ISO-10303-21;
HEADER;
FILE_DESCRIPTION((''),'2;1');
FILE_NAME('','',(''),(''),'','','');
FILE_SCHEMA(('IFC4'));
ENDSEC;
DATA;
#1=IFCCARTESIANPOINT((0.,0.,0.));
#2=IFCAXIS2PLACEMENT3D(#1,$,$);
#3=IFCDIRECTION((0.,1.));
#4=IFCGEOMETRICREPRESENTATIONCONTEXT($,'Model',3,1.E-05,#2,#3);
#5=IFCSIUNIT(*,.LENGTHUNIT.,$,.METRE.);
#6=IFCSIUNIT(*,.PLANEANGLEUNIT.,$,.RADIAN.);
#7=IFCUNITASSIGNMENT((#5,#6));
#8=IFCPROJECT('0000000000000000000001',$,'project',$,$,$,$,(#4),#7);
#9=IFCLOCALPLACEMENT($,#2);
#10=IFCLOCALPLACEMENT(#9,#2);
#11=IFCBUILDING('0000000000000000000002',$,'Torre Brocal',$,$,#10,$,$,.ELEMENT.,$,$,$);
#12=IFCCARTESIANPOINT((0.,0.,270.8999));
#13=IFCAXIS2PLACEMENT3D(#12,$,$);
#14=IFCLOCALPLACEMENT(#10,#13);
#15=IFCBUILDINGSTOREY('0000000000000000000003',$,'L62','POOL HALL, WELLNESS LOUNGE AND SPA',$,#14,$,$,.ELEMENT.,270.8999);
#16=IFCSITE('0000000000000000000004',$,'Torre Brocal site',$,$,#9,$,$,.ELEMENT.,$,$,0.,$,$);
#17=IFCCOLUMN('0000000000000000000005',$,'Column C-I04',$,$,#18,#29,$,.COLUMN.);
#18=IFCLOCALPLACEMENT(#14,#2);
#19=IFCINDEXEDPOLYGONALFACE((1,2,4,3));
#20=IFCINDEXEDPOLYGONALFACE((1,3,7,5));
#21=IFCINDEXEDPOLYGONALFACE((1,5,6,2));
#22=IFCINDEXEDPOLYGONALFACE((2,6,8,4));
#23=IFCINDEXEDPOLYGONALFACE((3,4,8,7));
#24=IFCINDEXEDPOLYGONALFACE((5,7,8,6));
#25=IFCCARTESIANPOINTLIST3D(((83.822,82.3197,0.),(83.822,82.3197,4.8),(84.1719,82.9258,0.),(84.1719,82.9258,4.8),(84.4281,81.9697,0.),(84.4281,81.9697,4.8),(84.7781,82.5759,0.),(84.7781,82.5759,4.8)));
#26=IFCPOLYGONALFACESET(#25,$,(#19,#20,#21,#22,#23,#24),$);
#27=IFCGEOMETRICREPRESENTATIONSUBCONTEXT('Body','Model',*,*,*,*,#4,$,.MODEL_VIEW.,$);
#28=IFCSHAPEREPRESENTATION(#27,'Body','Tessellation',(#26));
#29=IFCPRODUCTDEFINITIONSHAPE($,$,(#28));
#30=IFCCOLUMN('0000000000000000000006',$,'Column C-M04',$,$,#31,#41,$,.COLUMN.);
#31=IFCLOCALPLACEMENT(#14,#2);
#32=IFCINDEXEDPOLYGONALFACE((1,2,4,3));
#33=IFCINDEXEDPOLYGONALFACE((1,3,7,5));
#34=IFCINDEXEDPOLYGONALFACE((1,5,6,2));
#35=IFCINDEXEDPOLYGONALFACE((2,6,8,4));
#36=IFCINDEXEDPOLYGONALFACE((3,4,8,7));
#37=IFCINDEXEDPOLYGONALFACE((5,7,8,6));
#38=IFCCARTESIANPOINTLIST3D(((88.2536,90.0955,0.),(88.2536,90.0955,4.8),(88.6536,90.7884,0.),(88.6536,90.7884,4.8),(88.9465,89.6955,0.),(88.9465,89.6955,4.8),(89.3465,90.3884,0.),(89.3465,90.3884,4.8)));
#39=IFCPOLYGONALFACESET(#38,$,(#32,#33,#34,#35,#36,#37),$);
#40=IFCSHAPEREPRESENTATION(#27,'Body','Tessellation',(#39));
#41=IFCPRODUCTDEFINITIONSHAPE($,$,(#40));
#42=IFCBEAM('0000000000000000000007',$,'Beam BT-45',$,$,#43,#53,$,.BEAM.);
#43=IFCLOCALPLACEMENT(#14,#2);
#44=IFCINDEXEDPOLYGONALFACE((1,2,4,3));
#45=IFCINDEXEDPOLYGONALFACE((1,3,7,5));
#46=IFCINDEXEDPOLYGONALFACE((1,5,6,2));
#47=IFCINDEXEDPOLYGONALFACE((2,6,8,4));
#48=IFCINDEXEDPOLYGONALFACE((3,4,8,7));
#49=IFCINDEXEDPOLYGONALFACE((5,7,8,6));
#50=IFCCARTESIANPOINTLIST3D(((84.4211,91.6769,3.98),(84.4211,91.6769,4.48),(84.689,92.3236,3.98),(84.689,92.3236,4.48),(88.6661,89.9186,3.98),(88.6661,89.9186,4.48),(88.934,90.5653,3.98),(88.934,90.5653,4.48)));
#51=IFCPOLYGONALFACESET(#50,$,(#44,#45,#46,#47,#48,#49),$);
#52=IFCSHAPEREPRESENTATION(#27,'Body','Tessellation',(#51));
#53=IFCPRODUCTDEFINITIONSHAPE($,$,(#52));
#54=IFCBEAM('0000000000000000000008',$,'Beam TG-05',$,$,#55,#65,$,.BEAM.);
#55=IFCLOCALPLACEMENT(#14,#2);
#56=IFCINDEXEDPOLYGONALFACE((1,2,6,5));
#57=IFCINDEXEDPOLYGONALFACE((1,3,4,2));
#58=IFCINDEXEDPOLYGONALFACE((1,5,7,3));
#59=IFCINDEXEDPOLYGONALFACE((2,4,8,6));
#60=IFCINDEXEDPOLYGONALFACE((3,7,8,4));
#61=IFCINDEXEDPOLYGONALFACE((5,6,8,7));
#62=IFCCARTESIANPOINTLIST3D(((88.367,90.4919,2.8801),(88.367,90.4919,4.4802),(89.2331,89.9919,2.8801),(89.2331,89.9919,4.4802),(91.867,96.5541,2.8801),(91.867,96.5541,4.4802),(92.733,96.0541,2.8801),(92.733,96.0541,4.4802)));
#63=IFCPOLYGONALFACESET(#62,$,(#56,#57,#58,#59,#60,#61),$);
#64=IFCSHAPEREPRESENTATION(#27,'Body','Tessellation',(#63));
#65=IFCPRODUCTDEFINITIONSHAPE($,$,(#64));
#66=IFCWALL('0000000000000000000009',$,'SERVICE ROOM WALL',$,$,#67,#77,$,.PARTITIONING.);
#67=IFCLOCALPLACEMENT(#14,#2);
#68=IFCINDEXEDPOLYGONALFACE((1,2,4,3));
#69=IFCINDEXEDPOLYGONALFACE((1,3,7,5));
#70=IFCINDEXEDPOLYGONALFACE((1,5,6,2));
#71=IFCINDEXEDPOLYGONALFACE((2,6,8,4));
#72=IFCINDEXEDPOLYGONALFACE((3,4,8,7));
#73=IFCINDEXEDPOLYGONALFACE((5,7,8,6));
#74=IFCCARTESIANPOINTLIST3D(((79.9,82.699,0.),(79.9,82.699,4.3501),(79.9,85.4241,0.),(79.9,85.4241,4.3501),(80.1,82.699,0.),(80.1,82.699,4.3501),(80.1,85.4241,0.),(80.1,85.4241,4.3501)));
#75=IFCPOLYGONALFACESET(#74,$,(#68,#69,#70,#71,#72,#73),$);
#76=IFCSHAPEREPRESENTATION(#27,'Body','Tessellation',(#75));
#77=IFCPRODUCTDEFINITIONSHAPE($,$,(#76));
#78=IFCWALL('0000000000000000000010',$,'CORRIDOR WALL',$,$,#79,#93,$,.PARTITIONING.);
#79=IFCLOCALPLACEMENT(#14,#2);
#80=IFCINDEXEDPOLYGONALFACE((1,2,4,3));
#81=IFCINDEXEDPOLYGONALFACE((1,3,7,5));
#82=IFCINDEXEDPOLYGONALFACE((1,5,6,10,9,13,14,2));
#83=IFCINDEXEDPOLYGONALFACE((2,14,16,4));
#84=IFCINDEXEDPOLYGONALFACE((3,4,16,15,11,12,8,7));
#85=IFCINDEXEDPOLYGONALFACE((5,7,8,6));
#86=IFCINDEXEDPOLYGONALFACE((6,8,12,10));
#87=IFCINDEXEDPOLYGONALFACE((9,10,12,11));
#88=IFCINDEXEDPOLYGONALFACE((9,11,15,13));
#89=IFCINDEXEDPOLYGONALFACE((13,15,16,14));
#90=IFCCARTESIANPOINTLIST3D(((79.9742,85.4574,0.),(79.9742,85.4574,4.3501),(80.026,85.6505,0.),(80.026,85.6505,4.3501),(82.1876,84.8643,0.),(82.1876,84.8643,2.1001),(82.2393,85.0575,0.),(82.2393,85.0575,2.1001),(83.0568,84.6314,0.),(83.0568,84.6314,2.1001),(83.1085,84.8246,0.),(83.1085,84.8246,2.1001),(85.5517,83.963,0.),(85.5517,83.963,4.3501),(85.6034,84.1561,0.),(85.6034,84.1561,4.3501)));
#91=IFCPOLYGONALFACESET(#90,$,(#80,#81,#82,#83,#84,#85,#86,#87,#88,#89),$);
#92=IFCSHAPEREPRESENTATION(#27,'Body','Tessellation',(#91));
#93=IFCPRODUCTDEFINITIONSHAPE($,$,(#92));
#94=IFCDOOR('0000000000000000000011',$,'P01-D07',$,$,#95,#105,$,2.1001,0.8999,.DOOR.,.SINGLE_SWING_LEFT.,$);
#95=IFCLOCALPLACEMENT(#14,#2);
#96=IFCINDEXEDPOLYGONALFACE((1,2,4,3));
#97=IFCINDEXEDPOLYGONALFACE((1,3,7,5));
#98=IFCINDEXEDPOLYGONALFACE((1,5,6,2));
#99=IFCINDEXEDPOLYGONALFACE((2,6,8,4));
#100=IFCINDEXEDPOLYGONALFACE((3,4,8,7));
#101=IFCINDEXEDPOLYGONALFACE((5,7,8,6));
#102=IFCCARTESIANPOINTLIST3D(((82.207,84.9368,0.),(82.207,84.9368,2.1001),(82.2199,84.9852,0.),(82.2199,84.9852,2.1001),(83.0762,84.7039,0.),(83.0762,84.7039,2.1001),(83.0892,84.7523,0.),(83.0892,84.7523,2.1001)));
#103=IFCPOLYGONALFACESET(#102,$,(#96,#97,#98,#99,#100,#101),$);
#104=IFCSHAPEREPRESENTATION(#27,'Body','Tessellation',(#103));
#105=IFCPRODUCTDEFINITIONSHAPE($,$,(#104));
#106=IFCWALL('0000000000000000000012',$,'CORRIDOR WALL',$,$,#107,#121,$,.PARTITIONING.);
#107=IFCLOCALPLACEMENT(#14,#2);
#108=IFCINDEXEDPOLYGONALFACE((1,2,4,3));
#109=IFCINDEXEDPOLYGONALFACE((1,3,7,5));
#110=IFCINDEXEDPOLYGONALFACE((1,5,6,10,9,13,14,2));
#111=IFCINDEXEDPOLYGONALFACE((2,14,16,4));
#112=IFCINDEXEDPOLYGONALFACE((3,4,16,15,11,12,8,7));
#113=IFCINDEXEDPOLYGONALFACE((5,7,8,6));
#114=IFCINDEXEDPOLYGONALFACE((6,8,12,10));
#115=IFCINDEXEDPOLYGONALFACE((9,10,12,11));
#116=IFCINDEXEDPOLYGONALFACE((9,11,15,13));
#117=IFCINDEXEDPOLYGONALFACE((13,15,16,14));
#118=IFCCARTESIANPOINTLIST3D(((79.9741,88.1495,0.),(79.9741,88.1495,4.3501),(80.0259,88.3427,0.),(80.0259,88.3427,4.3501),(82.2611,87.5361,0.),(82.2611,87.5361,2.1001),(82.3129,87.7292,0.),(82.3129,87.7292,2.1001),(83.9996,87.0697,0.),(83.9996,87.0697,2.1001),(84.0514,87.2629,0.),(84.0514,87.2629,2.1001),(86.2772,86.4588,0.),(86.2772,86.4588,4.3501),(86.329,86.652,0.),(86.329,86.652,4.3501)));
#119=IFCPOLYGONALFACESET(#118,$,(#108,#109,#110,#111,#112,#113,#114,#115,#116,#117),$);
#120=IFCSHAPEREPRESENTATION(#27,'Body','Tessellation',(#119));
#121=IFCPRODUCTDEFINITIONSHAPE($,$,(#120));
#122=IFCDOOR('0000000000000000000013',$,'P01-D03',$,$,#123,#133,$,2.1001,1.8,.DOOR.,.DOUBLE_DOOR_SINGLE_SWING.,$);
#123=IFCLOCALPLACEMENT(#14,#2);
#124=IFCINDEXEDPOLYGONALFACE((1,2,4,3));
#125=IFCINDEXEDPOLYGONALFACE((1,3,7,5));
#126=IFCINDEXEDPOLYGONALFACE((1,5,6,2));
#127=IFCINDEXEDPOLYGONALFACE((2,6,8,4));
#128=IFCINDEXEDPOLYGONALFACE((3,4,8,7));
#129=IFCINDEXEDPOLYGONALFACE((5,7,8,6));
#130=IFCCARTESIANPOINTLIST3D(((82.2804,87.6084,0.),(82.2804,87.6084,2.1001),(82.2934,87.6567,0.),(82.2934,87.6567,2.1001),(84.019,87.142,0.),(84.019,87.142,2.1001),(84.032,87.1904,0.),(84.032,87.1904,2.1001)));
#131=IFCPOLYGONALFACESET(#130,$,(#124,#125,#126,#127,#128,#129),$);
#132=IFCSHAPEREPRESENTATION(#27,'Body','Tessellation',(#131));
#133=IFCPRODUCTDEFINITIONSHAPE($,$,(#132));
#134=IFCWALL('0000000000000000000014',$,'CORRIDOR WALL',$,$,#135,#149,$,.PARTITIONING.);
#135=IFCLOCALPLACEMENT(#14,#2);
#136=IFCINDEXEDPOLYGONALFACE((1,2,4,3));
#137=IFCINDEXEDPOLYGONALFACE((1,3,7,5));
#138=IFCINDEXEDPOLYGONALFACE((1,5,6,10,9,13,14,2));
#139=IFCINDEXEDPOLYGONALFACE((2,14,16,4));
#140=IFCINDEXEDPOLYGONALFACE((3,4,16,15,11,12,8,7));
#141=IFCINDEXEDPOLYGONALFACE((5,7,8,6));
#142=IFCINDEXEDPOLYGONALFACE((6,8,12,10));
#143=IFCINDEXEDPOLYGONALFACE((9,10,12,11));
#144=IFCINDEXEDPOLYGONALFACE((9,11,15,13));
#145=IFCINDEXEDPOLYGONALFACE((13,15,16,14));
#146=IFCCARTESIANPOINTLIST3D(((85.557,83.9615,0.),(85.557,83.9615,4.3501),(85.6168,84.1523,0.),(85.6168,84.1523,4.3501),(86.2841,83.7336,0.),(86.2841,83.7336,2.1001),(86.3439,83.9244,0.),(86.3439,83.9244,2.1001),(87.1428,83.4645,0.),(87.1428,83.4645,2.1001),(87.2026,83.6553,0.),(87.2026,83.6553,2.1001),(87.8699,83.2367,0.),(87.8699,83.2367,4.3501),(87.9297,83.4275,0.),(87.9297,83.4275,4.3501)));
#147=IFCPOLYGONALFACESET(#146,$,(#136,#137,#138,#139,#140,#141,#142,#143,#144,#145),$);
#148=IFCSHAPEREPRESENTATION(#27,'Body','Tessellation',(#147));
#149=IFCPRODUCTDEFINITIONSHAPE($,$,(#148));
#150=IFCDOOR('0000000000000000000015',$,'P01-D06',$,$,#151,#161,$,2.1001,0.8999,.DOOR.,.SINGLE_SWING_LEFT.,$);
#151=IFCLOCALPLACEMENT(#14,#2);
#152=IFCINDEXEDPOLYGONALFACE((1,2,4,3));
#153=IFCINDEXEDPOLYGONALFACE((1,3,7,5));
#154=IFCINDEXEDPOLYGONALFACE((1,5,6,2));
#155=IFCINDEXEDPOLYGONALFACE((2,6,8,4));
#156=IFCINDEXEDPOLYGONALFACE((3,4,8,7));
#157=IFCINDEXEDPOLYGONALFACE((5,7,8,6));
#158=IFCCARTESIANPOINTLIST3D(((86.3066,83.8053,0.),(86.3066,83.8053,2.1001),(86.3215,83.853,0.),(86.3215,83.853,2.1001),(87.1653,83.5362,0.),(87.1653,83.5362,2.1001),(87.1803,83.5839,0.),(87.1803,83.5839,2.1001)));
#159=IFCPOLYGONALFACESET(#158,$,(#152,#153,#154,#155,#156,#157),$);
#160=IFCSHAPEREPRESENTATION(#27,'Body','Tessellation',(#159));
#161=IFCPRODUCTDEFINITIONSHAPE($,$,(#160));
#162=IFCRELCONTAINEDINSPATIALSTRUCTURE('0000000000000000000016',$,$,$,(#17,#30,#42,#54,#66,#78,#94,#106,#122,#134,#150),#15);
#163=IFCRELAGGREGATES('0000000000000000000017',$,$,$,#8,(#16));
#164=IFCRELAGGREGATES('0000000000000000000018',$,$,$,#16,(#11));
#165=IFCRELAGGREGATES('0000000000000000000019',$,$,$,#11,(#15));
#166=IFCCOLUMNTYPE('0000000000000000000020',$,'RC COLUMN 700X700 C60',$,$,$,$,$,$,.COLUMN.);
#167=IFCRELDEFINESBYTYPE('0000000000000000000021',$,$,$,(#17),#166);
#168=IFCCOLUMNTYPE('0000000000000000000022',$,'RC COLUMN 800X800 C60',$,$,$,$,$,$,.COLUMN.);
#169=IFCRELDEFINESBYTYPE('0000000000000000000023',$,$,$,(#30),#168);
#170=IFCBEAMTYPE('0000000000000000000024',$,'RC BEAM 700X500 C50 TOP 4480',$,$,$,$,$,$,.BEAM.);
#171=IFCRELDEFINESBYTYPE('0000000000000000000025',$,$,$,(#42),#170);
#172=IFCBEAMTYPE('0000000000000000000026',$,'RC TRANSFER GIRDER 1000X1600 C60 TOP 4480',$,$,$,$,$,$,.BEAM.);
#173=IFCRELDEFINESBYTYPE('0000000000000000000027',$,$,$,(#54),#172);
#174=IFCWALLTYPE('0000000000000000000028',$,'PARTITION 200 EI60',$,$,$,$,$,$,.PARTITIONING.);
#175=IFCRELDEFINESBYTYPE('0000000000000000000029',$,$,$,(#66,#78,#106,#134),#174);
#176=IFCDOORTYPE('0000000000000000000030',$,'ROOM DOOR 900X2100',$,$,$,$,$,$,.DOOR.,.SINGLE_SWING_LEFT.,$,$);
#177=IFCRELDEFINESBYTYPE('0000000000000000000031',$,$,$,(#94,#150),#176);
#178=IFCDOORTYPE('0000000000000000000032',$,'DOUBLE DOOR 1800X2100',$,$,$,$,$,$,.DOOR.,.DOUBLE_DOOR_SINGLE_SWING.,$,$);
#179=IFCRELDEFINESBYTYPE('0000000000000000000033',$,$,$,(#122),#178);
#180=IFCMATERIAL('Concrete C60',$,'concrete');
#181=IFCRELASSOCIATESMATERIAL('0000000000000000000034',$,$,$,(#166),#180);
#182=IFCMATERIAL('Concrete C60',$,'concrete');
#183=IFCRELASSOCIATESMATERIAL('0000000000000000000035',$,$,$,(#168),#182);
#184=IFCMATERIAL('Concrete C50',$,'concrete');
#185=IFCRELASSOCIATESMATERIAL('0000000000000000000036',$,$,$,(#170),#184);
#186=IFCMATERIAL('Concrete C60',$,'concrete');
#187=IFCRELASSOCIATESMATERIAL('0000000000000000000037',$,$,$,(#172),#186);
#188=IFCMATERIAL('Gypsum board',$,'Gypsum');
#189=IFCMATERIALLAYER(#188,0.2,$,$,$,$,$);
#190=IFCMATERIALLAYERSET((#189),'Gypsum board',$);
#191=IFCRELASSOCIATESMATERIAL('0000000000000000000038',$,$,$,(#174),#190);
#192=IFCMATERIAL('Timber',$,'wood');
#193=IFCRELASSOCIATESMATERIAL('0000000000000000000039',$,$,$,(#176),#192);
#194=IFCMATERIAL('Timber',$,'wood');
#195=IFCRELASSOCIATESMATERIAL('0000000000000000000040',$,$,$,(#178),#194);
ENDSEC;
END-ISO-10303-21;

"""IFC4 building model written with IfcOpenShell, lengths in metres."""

from ifc_helpers import new_model, si_unit, direction, frame, frame_2d, origin, origin_2d, place, context, subcontext, project, spatial, rectangle, extrude, material, layer, layer_set, material_profile, profile_set, type_object, element, fill, save


model = new_model("IFC4")

# Units and contexts
model_context = context("Model", 3, precision=1e-05, world=origin(), true_north=direction((0.0, 1.0)))
body_context = subcontext(model_context, "Body", "Model", "MODEL_VIEW")
ifc_project = project(units=[si_unit("LENGTHUNIT", "METRE"), si_unit("PLANEANGLEUNIT", "RADIAN")], contexts=[model_context])

# Site, building, storey
site_placement = place(None, origin())
site = spatial("IfcSite", under=ifc_project, at=site_placement, Name="Torre Brocal site", CompositionType="ELEMENT", RefElevation=0.0)
building_placement = place(site_placement, origin())
building = spatial("IfcBuilding", under=site, at=building_placement, Name="Torre Brocal", CompositionType="ELEMENT")
storey_placement = place(building_placement, frame((0.0, 0.0, 270.8999)))
storey = spatial("IfcBuildingStorey", under=building, at=storey_placement, Name="L62", Description="POOL HALL, WELLNESS LOUNGE AND SPA", CompositionType="ELEMENT", Elevation=270.8999)

# Columns
ifc_material_1 = material(Name="Concrete C60", Category="concrete")
ifc_material_profile_1 = material_profile(ifc_material_1, rectangle(XDim=0.7, YDim=0.7, at=origin_2d()), Name="RC 700X700")
ifc_profile_set_1 = profile_set([ifc_material_profile_1], Name="Concrete C60")
column_type_1 = type_object("IfcColumnType", Name="RC COLUMN 700X700 C60", PredefinedType="COLUMN", material=ifc_profile_set_1)
column_1_placement = place(storey_placement, frame((84.3, 82.4478, 0.0), z_axis=(0.0, 0.0, 1.0), x_axis=(0.5, 0.866025, 0.0)))
element("IfcColumn", 1, at=column_1_placement, inside=storey, type_object=column_type_1, Name="Column C-I04", PredefinedType="COLUMN", context=body_context, shape_type="SweptSolid", body=[
    extrude(rectangle(XDim=0.7, YDim=0.7, at=origin_2d()), origin(), (0.0, 0.0, 1.0), 4.8),
])
ifc_material_2 = material(Name="Concrete C60", Category="concrete")
ifc_material_profile_2 = material_profile(ifc_material_2, rectangle(XDim=0.8, YDim=0.8, at=origin_2d()), Name="RC 800X800")
ifc_profile_set_2 = profile_set([ifc_material_profile_2], Name="Concrete C60")
column_type_2 = type_object("IfcColumnType", Name="RC COLUMN 800X800 C60", PredefinedType="COLUMN", material=ifc_profile_set_2)
column_2_placement = place(storey_placement, frame((88.8, 90.2419, 0.0), z_axis=(0.0, 0.0, 1.0), x_axis=(0.5, 0.866025, 0.0)))
element("IfcColumn", 2, at=column_2_placement, inside=storey, type_object=column_type_2, Name="Column C-M04", PredefinedType="COLUMN", context=body_context, shape_type="SweptSolid", body=[
    extrude(rectangle(XDim=0.8, YDim=0.8, at=origin_2d()), origin(), (0.0, 0.0, 1.0), 4.8),
])

# Beams
ifc_material_3 = material(Name="Concrete C50", Category="concrete")
ifc_material_profile_3 = material_profile(ifc_material_3, rectangle(XDim=0.7, YDim=0.5, at=origin_2d()), Name="RC 700X500")
ifc_profile_set_3 = profile_set([ifc_material_profile_3], Name="Concrete C50")
beam_type_1 = type_object("IfcBeamType", Name="RC BEAM 700X500 C50 TOP 4480", PredefinedType="BEAM", material=ifc_profile_set_3)
beam_1_placement = place(storey_placement, frame((88.8, 90.2419, 4.23), z_axis=(-0.923878, 0.382687, 0.0), x_axis=(-0.382687, -0.923878, 0.0)))
element("IfcBeam", 3, at=beam_1_placement, inside=storey, type_object=beam_type_1, Name="Beam BT-45", PredefinedType="BEAM", context=body_context, shape_type="SweptSolid", body=[
    extrude(rectangle(XDim=0.7, YDim=0.5, at=origin_2d()), origin(), (0.0, 0.0, 1.0), 4.5947),
])
ifc_material_4 = material(Name="Concrete C60", Category="concrete")
ifc_material_profile_4 = material_profile(ifc_material_4, rectangle(XDim=1.0, YDim=1.6001, at=origin_2d()), Name="RC 1000X1600")
ifc_profile_set_4 = profile_set([ifc_material_profile_4], Name="Concrete C60")
beam_type_2 = type_object("IfcBeamType", Name="RC TRANSFER GIRDER 1000X1600 C60 TOP 4480", PredefinedType="BEAM", material=ifc_profile_set_4)
beam_2_placement = place(storey_placement, frame((88.8, 90.2419, 3.6802), z_axis=(0.499995, 0.866028, 0.0), x_axis=(-0.866028, 0.499995, 0.0)))
element("IfcBeam", 4, at=beam_2_placement, inside=storey, type_object=beam_type_2, Name="Beam TG-05", PredefinedType="BEAM", context=body_context, shape_type="SweptSolid", body=[
    extrude(rectangle(XDim=1.0, YDim=1.6001, at=origin_2d()), origin(), (0.0, 0.0, 1.0), 7.0),
])

# Wall
ifc_material_5 = material(Name="Gypsum board", Category="Gypsum")
ifc_layer_1 = layer(ifc_material_5, 0.2)
ifc_layer_set_1 = layer_set([ifc_layer_1], Name="Gypsum board")
wall_type_1 = type_object("IfcWallType", Name="PARTITION 200 EI60", PredefinedType="PARTITIONING", material=ifc_layer_set_1)
wall_1_placement = place(storey_placement, frame((80.0, 82.699, 0.0), z_axis=(0.0, 0.0, 1.0), x_axis=(0.0, 1.0, 0.0)))
element("IfcWall", 5, at=wall_1_placement, inside=storey, type_object=wall_type_1, Name="SERVICE ROOM WALL", PredefinedType="PARTITIONING", context=body_context, shape_type="SweptSolid", body=[
    extrude(rectangle(XDim=2.7251, YDim=0.2, at=frame_2d((1.3625, 0.0))), origin(), (0.0, 0.0, 1.0), 4.3501),
])

# Walls, openings, doors
wall_2_placement = place(storey_placement, frame((80.0, 85.554, 0.0), z_axis=(0.0, 0.0, 1.0), x_axis=(0.965929, -0.258807, 0.0)))
wall_2 = element("IfcWall", 6, at=wall_2_placement, inside=storey, type_object=wall_type_1, Name="CORRIDOR WALL", PredefinedType="PARTITIONING", context=body_context, shape_type="SweptSolid", body=[
    extrude(rectangle(XDim=5.7742, YDim=0.2, at=frame_2d((2.8872, 0.0))), origin(), (0.0, 0.0, 1.0), 4.3501),
])
opening_1_placement = place(wall_2_placement, frame((2.2915, 0.0, 0.0)))
opening_1 = element("IfcOpeningElement", 7, at=opening_1_placement, cuts=wall_2, PredefinedType="OPENING", context=body_context, shape_type="SweptSolid", body=[
    extrude(rectangle(XDim=0.8999, YDim=2.1001, at=frame_2d((0.45, 1.05))), frame((0.0, 0.1099, 0.0), z_axis=(0.0, -1.0, 0.0), x_axis=(1.0, 0.0, 0.0)), (0.0, 0.0, 1.0), 0.22),
])
ifc_material_6 = material(Name="Timber", Category="wood")
door_type_1 = type_object("IfcDoorType", Name="ROOM DOOR 900X2100", OperationType="SINGLE_SWING_LEFT", PredefinedType="DOOR", material=ifc_material_6)
door_1_placement = place(opening_1_placement, frame((0.8999, 0.0, 0.0), z_axis=(0.0, 0.0, 1.0), x_axis=(-1.0, 0.0, 0.0)))
door_1 = element("IfcDoor", 8, at=door_1_placement, inside=storey, type_object=door_type_1, Name="P01-D07", OperationType="SINGLE_SWING_LEFT", OverallHeight=2.1001, OverallWidth=0.8999, PredefinedType="DOOR", context=body_context, shape_type="SweptSolid", body=[
    extrude(rectangle(XDim=0.8999, YDim=2.1001, at=frame_2d((0.45, 1.05))), frame((0.0, 0.0249, 0.0), z_axis=(0.0, -1.0, 0.0), x_axis=(1.0, 0.0, 0.0)), (0.0, 0.0, 1.0), 0.05),
])
fill(opening_1, door_1)
wall_3_placement = place(storey_placement, frame((80.0, 88.2461, 0.0), z_axis=(0.0, 0.0, 1.0), x_axis=(0.965857, -0.259076, 0.0)))
wall_3 = element("IfcWall", 9, at=wall_3_placement, inside=storey, type_object=wall_type_1, Name="CORRIDOR WALL", PredefinedType="PARTITIONING", context=body_context, shape_type="SweptSolid", body=[
    extrude(rectangle(XDim=6.5259, YDim=0.2, at=frame_2d((3.2629, 0.0))), origin(), (0.0, 0.0, 1.0), 4.3501),
])
opening_2_placement = place(wall_3_placement, frame((2.3679, 0.0, 0.0)))
opening_2 = element("IfcOpeningElement", 10, at=opening_2_placement, cuts=wall_3, PredefinedType="OPENING", context=body_context, shape_type="SweptSolid", body=[
    extrude(rectangle(XDim=1.8, YDim=2.1001, at=frame_2d((0.8999, 1.05))), frame((0.0, 0.1099, 0.0), z_axis=(0.0, -1.0, 0.0), x_axis=(1.0, 0.0, 0.0)), (0.0, 0.0, 1.0), 0.22),
])
ifc_material_7 = material(Name="Timber", Category="wood")
door_type_2 = type_object("IfcDoorType", Name="DOUBLE DOOR 1800X2100", OperationType="DOUBLE_DOOR_SINGLE_SWING", PredefinedType="DOOR", material=ifc_material_7)
door_2_placement = place(opening_2_placement, origin())
door_2 = element("IfcDoor", 11, at=door_2_placement, inside=storey, type_object=door_type_2, Name="P01-D03", OperationType="DOUBLE_DOOR_SINGLE_SWING", OverallHeight=2.1001, OverallWidth=1.8, PredefinedType="DOOR", context=body_context, shape_type="SweptSolid", body=[
    extrude(rectangle(XDim=1.8, YDim=2.1001, at=frame_2d((0.8999, 1.05))), frame((0.0, 0.0249, 0.0), z_axis=(0.0, -1.0, 0.0), x_axis=(1.0, 0.0, 0.0)), (0.0, 0.0, 1.0), 0.05),
])
fill(opening_2, door_2)
wall_4_placement = place(storey_placement, frame((85.5869, 84.0569, 0.0), z_axis=(0.0, 0.0, 1.0), x_axis=(0.95424, -0.299043, 0.0)))
wall_4 = element("IfcWall", 12, at=wall_4_placement, inside=storey, type_object=wall_type_1, Name="CORRIDOR WALL", PredefinedType="PARTITIONING", context=body_context, shape_type="SweptSolid", body=[
    extrude(rectangle(XDim=2.4238, YDim=0.2, at=frame_2d((1.2119, 0.0))), origin(), (0.0, 0.0, 1.0), 4.3501),
])
opening_3_placement = place(wall_4_placement, frame((0.762, 0.0, 0.0)))
opening_3 = element("IfcOpeningElement", 13, at=opening_3_placement, cuts=wall_4, PredefinedType="OPENING", context=body_context, shape_type="SweptSolid", body=[
    extrude(rectangle(XDim=0.8999, YDim=2.1001, at=frame_2d((0.45, 1.05))), frame((0.0, 0.1099, 0.0), z_axis=(0.0, -1.0, 0.0), x_axis=(1.0, 0.0, 0.0)), (0.0, 0.0, 1.0), 0.22),
])
door_3_placement = place(opening_3_placement, frame((0.8999, 0.0, 0.0), z_axis=(0.0, 0.0, 1.0), x_axis=(-1.0, 0.0, 0.0)))
door_3 = element("IfcDoor", 14, at=door_3_placement, inside=storey, type_object=door_type_1, Name="P01-D06", OperationType="SINGLE_SWING_LEFT", OverallHeight=2.1001, OverallWidth=0.8999, PredefinedType="DOOR", context=body_context, shape_type="SweptSolid", body=[
    extrude(rectangle(XDim=0.8999, YDim=2.1001, at=frame_2d((0.45, 1.05))), frame((0.0, 0.0249, 0.0), z_axis=(0.0, -1.0, 0.0), x_axis=(1.0, 0.0, 0.0)), (0.0, 0.0, 1.0), 0.05),
])
fill(opening_3, door_3)

save(model, "model.ifc")
